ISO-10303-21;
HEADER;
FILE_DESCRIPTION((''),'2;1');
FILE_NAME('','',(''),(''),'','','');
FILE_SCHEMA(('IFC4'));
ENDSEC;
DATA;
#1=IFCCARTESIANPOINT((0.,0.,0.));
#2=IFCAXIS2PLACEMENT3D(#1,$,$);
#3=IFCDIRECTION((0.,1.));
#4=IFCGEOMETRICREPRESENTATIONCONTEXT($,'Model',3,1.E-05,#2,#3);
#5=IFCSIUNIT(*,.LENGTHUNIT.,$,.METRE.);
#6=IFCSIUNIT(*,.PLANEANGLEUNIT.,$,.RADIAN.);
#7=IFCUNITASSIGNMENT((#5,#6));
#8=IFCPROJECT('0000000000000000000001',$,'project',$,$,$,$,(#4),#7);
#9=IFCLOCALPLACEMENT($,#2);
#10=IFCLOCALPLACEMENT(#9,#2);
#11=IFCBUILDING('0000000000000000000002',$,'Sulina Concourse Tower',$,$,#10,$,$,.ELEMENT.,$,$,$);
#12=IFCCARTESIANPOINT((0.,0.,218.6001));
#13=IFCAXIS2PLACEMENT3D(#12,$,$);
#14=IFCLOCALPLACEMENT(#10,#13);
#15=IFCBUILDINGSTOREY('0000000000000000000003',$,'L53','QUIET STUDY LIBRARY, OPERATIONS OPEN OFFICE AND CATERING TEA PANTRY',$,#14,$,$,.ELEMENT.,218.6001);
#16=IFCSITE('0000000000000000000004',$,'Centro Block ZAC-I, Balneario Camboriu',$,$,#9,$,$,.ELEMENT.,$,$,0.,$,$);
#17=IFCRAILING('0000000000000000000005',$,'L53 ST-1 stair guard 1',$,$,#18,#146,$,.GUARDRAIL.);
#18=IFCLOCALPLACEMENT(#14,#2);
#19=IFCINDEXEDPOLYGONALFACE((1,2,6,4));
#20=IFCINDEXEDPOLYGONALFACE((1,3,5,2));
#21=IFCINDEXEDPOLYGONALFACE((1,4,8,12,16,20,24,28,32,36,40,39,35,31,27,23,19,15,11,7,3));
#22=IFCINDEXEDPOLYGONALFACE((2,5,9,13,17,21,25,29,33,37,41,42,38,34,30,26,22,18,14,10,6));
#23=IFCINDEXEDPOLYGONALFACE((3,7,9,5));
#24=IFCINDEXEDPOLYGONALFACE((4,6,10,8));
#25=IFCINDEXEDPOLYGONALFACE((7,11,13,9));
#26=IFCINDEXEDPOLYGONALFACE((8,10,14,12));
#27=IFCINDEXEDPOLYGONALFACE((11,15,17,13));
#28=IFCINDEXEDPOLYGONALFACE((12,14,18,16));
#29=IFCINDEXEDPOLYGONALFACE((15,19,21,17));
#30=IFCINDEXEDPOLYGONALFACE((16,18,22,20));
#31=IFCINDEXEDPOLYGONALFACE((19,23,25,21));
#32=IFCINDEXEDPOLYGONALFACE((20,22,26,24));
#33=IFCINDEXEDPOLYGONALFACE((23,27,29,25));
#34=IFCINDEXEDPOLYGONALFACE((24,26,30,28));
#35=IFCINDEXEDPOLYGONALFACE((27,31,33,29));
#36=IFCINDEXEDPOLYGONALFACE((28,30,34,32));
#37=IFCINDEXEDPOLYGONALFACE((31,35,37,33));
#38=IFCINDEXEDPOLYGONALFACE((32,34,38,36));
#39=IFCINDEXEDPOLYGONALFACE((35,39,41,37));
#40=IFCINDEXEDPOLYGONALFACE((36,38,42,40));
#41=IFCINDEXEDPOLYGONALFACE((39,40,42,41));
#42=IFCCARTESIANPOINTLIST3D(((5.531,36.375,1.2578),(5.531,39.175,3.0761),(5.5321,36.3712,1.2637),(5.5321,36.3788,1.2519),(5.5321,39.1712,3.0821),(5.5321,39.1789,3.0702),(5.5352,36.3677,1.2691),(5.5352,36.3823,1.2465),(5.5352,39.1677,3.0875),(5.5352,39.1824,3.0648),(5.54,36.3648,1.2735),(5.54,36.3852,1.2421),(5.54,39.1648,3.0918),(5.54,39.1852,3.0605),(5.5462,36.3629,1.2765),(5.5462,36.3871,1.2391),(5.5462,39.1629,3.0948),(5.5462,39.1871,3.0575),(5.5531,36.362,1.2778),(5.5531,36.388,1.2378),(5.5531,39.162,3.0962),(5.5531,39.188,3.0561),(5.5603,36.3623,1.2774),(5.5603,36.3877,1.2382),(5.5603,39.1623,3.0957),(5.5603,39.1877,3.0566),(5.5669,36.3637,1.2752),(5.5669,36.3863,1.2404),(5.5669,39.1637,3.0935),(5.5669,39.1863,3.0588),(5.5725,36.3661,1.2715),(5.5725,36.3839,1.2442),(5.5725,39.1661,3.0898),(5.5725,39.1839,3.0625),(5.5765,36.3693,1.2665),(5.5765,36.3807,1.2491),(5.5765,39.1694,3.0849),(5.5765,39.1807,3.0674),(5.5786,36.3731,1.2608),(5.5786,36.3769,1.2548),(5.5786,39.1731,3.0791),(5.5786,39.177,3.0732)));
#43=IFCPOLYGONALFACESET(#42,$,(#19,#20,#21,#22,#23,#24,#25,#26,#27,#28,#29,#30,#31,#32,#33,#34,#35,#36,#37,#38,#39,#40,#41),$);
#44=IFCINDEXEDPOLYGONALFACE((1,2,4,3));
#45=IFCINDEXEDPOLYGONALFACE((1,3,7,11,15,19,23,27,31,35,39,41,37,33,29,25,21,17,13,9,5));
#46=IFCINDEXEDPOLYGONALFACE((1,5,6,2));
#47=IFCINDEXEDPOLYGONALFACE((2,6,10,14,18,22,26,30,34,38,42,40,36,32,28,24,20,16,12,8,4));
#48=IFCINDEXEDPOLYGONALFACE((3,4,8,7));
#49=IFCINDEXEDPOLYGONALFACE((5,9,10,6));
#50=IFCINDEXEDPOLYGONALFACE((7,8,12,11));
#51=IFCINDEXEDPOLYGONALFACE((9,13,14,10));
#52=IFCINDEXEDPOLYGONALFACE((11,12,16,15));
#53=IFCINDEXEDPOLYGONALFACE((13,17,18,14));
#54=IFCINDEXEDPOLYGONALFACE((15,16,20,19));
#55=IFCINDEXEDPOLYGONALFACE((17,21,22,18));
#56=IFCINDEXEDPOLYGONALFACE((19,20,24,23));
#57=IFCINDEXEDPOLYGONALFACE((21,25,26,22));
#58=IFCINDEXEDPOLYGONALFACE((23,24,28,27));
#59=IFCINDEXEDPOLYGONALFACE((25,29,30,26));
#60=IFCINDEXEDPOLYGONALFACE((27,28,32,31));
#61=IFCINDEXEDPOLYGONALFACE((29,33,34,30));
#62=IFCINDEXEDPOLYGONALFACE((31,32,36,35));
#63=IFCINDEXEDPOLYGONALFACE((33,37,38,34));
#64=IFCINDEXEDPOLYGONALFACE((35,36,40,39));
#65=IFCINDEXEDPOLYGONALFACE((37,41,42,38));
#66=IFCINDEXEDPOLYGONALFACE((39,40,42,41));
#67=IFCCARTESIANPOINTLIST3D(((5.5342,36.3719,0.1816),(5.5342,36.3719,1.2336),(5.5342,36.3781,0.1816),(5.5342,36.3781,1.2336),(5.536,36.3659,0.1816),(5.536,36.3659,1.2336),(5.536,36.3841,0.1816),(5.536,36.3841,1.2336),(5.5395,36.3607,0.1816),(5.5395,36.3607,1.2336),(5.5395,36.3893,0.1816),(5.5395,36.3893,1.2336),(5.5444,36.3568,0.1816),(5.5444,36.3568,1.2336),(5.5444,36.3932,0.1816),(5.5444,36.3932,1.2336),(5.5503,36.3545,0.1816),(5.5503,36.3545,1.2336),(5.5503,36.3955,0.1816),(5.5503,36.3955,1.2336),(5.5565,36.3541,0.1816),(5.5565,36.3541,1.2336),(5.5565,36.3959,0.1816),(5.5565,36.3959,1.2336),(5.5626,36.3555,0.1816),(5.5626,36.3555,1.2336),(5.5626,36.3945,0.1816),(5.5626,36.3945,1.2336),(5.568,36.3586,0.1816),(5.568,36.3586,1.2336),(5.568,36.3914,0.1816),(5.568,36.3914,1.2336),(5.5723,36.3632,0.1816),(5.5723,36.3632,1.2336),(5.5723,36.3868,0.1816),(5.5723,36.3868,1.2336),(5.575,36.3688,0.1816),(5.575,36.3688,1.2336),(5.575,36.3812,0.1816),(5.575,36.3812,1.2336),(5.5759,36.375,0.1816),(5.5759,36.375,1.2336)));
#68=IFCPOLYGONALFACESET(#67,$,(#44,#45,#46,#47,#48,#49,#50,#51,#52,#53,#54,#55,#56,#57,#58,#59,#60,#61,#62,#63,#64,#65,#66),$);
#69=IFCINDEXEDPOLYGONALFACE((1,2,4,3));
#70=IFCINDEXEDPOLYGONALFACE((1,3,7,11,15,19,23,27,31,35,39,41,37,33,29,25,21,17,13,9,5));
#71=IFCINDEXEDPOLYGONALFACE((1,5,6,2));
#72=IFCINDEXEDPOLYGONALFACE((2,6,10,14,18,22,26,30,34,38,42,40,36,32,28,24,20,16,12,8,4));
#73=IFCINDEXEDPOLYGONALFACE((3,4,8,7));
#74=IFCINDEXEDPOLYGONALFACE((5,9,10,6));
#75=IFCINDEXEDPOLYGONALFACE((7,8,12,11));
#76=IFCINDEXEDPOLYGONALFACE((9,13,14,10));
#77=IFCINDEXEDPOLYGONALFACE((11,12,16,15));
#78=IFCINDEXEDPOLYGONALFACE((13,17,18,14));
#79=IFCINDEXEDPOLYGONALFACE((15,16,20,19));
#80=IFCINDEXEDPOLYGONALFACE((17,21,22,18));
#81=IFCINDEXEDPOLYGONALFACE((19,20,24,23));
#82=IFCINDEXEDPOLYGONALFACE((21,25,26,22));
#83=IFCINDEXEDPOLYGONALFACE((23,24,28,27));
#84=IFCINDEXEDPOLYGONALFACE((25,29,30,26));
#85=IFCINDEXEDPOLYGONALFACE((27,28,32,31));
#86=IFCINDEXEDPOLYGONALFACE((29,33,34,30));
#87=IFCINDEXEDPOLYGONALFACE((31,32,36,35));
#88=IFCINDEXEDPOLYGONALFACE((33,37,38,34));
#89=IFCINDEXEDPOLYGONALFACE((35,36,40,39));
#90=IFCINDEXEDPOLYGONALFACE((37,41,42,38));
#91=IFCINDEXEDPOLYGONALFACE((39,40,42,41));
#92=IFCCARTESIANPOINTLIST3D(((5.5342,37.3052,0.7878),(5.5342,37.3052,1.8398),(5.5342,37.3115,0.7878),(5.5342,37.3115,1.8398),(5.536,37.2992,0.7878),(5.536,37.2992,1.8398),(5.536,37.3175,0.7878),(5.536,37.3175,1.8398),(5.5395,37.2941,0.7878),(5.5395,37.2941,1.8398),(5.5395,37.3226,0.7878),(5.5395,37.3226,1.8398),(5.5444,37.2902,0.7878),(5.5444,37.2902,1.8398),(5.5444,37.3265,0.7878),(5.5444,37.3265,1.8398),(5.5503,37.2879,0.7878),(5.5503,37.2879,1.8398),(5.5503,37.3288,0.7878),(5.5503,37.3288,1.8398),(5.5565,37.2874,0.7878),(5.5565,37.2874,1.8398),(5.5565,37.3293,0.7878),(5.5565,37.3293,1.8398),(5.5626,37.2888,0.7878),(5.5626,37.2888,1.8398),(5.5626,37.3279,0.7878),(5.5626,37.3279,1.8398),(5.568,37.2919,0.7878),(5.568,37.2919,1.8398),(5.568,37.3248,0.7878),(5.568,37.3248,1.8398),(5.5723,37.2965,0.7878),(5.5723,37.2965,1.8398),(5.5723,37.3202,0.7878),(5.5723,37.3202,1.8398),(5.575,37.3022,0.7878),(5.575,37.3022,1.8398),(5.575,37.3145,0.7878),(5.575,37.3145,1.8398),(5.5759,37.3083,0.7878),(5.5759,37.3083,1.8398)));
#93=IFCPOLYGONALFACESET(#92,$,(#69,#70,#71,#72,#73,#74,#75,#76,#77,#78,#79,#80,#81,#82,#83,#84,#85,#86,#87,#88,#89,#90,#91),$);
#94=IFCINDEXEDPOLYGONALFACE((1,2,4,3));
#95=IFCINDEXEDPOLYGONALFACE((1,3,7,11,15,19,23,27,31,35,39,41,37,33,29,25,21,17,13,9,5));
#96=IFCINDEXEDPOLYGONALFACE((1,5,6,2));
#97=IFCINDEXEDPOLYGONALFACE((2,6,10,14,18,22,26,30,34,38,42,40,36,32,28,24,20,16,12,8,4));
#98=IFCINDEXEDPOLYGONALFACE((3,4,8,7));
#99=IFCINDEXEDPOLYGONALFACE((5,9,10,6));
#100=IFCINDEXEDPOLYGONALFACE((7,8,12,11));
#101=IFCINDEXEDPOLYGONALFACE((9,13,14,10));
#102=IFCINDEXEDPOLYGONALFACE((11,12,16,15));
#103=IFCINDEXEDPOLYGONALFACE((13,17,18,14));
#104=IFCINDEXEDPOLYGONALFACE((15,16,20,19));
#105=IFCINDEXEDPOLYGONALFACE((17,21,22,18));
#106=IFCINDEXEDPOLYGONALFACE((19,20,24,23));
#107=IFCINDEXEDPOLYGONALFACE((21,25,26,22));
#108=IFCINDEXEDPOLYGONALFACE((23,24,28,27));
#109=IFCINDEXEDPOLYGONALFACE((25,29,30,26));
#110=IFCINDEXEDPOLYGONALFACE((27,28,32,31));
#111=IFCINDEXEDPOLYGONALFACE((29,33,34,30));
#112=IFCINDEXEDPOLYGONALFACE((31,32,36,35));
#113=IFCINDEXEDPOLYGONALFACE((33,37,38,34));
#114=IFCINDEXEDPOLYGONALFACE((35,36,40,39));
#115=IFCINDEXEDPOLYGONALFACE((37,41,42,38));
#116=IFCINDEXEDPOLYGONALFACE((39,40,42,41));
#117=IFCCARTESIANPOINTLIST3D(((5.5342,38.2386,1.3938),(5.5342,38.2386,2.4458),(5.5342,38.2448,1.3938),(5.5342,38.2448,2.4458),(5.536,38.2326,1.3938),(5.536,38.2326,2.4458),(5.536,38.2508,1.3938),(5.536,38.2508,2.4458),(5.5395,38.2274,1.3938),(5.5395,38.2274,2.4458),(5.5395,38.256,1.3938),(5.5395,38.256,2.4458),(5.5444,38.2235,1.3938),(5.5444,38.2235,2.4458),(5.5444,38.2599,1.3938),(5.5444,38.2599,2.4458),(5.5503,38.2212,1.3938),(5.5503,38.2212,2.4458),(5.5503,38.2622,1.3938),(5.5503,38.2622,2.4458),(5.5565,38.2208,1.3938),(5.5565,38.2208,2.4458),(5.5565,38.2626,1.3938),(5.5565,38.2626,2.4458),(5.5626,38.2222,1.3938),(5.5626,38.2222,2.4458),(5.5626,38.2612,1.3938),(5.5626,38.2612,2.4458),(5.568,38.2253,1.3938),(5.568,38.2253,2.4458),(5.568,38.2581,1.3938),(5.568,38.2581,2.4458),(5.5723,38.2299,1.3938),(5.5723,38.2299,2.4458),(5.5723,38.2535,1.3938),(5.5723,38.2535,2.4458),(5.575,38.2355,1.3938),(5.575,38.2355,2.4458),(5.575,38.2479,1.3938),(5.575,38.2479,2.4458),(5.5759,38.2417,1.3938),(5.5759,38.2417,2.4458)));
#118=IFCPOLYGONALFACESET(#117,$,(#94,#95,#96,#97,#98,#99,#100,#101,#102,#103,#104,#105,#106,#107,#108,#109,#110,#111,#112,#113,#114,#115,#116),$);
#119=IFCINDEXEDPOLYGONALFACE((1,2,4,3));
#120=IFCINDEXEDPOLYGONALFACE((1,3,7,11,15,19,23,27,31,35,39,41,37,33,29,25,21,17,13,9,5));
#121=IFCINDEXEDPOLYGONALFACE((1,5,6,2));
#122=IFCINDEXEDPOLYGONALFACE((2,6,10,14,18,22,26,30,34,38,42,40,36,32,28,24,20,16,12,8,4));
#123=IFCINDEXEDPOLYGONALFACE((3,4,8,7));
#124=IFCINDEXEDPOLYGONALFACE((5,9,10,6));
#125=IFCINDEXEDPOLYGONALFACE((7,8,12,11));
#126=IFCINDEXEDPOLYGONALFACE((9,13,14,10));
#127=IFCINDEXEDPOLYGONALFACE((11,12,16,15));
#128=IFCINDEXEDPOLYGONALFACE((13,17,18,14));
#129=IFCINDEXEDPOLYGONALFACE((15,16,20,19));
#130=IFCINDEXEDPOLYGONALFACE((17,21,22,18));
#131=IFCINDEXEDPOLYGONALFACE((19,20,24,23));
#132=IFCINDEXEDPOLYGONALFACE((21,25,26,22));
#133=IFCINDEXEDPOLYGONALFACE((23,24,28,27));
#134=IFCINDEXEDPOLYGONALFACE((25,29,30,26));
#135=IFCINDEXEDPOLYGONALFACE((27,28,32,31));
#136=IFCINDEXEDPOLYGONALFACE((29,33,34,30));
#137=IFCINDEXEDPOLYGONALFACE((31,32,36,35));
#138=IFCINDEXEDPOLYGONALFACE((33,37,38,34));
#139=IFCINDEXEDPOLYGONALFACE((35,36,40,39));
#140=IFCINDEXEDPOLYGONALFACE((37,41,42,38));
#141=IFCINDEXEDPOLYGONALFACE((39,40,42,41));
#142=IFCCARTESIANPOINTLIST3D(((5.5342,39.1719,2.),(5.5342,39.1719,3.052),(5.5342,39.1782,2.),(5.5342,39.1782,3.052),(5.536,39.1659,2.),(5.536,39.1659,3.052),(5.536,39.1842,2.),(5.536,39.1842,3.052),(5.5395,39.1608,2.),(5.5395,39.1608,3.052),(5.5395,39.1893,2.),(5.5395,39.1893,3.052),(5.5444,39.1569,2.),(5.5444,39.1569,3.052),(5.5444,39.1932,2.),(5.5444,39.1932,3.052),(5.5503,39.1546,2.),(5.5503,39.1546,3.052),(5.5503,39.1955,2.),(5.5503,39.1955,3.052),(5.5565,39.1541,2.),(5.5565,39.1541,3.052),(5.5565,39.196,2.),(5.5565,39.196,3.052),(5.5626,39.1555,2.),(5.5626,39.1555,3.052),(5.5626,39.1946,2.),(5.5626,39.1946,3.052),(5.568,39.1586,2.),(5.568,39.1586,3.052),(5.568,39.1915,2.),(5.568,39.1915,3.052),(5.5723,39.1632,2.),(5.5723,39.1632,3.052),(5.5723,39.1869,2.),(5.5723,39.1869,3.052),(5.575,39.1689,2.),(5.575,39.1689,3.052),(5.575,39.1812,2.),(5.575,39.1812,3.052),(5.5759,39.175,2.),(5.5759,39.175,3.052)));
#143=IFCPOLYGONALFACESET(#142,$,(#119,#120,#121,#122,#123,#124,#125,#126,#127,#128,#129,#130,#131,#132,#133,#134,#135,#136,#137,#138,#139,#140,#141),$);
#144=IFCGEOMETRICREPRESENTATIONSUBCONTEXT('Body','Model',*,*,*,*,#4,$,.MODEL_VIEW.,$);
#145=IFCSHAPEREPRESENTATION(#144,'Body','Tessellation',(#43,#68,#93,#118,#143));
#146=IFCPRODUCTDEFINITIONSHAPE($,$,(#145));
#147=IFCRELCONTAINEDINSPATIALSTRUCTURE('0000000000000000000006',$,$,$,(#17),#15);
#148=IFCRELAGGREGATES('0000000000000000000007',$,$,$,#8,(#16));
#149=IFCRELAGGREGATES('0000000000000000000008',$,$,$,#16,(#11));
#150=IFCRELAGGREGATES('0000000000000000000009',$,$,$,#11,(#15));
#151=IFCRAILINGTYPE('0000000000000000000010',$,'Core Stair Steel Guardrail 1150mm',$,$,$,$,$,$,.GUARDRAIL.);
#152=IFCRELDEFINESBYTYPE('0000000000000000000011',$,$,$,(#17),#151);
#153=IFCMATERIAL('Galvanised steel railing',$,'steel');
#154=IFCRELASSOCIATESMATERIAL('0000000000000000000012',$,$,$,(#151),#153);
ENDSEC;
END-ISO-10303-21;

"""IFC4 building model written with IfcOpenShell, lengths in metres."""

from ifc_helpers import new_model, si_unit, direction, frame, origin, origin_2d, place, context, subcontext, project, spatial, circle, extrude, material, type_object, element, save


model = new_model("IFC4")

# Units and contexts
model_context = context("Model", 3, precision=1e-05, world=origin(), true_north=direction((0.0, 1.0)))
body_context = subcontext(model_context, "Body", "Model", "MODEL_VIEW")
ifc_project = project(units=[si_unit("LENGTHUNIT", "METRE"), si_unit("PLANEANGLEUNIT", "RADIAN")], contexts=[model_context])

# Site, building, storey
site_placement = place(None, origin())
site = spatial("IfcSite", under=ifc_project, at=site_placement, Name="Centro Block ZAC-I, Balneario Camboriu", CompositionType="ELEMENT", RefElevation=0.0)
building_placement = place(site_placement, origin())
building = spatial("IfcBuilding", under=site, at=building_placement, Name="Sulina Concourse Tower", CompositionType="ELEMENT")
storey_placement = place(building_placement, frame((0.0, 0.0, 218.6001)))
storey = spatial("IfcBuildingStorey", under=building, at=storey_placement, Name="L53", Description="QUIET STUDY LIBRARY, OPERATIONS OPEN OFFICE AND CATERING TEA PANTRY", CompositionType="ELEMENT", Elevation=218.6001)

# Railing
ifc_material_1 = material(Name="Galvanised steel railing", Category="steel")
railing_type_1 = type_object("IfcRailingType", Name="Core Stair Steel Guardrail 1150mm", PredefinedType="GUARDRAIL", material=ifc_material_1)
railing_1_placement = place(storey_placement, frame((5.5549, 36.375, 0.1816)))
element("IfcRailing", 1, at=railing_1_placement, inside=storey, type_object=railing_type_1, Name="L53 ST-1 stair guard 1", PredefinedType="GUARDRAIL", context=body_context, shape_type="SweptSolid", body=[
    extrude(circle(Radius=0.0239, at=origin_2d()), frame((0.0, 0.0, 1.0762), z_axis=(0.0, 0.838672, 0.544636), x_axis=(-1.0, 0.0, 0.0)), (0.0, 0.0, 1.0), 3.3386),
    extrude(circle(Radius=0.021, at=origin_2d()), origin(), (0.0, 0.0, 1.0), 1.052),
    extrude(circle(Radius=0.021, at=origin_2d()), frame((0.0, 0.9333, 0.6062)), (0.0, 0.0, 1.0), 1.052),
    extrude(circle(Radius=0.021, at=origin_2d()), frame((0.0, 1.8667, 1.2122)), (0.0, 0.0, 1.0), 1.052),
    extrude(circle(Radius=0.021, at=origin_2d()), frame((0.0, 2.8, 1.8184)), (0.0, 0.0, 1.0), 1.052),
])

save(model, "model.ifc")
